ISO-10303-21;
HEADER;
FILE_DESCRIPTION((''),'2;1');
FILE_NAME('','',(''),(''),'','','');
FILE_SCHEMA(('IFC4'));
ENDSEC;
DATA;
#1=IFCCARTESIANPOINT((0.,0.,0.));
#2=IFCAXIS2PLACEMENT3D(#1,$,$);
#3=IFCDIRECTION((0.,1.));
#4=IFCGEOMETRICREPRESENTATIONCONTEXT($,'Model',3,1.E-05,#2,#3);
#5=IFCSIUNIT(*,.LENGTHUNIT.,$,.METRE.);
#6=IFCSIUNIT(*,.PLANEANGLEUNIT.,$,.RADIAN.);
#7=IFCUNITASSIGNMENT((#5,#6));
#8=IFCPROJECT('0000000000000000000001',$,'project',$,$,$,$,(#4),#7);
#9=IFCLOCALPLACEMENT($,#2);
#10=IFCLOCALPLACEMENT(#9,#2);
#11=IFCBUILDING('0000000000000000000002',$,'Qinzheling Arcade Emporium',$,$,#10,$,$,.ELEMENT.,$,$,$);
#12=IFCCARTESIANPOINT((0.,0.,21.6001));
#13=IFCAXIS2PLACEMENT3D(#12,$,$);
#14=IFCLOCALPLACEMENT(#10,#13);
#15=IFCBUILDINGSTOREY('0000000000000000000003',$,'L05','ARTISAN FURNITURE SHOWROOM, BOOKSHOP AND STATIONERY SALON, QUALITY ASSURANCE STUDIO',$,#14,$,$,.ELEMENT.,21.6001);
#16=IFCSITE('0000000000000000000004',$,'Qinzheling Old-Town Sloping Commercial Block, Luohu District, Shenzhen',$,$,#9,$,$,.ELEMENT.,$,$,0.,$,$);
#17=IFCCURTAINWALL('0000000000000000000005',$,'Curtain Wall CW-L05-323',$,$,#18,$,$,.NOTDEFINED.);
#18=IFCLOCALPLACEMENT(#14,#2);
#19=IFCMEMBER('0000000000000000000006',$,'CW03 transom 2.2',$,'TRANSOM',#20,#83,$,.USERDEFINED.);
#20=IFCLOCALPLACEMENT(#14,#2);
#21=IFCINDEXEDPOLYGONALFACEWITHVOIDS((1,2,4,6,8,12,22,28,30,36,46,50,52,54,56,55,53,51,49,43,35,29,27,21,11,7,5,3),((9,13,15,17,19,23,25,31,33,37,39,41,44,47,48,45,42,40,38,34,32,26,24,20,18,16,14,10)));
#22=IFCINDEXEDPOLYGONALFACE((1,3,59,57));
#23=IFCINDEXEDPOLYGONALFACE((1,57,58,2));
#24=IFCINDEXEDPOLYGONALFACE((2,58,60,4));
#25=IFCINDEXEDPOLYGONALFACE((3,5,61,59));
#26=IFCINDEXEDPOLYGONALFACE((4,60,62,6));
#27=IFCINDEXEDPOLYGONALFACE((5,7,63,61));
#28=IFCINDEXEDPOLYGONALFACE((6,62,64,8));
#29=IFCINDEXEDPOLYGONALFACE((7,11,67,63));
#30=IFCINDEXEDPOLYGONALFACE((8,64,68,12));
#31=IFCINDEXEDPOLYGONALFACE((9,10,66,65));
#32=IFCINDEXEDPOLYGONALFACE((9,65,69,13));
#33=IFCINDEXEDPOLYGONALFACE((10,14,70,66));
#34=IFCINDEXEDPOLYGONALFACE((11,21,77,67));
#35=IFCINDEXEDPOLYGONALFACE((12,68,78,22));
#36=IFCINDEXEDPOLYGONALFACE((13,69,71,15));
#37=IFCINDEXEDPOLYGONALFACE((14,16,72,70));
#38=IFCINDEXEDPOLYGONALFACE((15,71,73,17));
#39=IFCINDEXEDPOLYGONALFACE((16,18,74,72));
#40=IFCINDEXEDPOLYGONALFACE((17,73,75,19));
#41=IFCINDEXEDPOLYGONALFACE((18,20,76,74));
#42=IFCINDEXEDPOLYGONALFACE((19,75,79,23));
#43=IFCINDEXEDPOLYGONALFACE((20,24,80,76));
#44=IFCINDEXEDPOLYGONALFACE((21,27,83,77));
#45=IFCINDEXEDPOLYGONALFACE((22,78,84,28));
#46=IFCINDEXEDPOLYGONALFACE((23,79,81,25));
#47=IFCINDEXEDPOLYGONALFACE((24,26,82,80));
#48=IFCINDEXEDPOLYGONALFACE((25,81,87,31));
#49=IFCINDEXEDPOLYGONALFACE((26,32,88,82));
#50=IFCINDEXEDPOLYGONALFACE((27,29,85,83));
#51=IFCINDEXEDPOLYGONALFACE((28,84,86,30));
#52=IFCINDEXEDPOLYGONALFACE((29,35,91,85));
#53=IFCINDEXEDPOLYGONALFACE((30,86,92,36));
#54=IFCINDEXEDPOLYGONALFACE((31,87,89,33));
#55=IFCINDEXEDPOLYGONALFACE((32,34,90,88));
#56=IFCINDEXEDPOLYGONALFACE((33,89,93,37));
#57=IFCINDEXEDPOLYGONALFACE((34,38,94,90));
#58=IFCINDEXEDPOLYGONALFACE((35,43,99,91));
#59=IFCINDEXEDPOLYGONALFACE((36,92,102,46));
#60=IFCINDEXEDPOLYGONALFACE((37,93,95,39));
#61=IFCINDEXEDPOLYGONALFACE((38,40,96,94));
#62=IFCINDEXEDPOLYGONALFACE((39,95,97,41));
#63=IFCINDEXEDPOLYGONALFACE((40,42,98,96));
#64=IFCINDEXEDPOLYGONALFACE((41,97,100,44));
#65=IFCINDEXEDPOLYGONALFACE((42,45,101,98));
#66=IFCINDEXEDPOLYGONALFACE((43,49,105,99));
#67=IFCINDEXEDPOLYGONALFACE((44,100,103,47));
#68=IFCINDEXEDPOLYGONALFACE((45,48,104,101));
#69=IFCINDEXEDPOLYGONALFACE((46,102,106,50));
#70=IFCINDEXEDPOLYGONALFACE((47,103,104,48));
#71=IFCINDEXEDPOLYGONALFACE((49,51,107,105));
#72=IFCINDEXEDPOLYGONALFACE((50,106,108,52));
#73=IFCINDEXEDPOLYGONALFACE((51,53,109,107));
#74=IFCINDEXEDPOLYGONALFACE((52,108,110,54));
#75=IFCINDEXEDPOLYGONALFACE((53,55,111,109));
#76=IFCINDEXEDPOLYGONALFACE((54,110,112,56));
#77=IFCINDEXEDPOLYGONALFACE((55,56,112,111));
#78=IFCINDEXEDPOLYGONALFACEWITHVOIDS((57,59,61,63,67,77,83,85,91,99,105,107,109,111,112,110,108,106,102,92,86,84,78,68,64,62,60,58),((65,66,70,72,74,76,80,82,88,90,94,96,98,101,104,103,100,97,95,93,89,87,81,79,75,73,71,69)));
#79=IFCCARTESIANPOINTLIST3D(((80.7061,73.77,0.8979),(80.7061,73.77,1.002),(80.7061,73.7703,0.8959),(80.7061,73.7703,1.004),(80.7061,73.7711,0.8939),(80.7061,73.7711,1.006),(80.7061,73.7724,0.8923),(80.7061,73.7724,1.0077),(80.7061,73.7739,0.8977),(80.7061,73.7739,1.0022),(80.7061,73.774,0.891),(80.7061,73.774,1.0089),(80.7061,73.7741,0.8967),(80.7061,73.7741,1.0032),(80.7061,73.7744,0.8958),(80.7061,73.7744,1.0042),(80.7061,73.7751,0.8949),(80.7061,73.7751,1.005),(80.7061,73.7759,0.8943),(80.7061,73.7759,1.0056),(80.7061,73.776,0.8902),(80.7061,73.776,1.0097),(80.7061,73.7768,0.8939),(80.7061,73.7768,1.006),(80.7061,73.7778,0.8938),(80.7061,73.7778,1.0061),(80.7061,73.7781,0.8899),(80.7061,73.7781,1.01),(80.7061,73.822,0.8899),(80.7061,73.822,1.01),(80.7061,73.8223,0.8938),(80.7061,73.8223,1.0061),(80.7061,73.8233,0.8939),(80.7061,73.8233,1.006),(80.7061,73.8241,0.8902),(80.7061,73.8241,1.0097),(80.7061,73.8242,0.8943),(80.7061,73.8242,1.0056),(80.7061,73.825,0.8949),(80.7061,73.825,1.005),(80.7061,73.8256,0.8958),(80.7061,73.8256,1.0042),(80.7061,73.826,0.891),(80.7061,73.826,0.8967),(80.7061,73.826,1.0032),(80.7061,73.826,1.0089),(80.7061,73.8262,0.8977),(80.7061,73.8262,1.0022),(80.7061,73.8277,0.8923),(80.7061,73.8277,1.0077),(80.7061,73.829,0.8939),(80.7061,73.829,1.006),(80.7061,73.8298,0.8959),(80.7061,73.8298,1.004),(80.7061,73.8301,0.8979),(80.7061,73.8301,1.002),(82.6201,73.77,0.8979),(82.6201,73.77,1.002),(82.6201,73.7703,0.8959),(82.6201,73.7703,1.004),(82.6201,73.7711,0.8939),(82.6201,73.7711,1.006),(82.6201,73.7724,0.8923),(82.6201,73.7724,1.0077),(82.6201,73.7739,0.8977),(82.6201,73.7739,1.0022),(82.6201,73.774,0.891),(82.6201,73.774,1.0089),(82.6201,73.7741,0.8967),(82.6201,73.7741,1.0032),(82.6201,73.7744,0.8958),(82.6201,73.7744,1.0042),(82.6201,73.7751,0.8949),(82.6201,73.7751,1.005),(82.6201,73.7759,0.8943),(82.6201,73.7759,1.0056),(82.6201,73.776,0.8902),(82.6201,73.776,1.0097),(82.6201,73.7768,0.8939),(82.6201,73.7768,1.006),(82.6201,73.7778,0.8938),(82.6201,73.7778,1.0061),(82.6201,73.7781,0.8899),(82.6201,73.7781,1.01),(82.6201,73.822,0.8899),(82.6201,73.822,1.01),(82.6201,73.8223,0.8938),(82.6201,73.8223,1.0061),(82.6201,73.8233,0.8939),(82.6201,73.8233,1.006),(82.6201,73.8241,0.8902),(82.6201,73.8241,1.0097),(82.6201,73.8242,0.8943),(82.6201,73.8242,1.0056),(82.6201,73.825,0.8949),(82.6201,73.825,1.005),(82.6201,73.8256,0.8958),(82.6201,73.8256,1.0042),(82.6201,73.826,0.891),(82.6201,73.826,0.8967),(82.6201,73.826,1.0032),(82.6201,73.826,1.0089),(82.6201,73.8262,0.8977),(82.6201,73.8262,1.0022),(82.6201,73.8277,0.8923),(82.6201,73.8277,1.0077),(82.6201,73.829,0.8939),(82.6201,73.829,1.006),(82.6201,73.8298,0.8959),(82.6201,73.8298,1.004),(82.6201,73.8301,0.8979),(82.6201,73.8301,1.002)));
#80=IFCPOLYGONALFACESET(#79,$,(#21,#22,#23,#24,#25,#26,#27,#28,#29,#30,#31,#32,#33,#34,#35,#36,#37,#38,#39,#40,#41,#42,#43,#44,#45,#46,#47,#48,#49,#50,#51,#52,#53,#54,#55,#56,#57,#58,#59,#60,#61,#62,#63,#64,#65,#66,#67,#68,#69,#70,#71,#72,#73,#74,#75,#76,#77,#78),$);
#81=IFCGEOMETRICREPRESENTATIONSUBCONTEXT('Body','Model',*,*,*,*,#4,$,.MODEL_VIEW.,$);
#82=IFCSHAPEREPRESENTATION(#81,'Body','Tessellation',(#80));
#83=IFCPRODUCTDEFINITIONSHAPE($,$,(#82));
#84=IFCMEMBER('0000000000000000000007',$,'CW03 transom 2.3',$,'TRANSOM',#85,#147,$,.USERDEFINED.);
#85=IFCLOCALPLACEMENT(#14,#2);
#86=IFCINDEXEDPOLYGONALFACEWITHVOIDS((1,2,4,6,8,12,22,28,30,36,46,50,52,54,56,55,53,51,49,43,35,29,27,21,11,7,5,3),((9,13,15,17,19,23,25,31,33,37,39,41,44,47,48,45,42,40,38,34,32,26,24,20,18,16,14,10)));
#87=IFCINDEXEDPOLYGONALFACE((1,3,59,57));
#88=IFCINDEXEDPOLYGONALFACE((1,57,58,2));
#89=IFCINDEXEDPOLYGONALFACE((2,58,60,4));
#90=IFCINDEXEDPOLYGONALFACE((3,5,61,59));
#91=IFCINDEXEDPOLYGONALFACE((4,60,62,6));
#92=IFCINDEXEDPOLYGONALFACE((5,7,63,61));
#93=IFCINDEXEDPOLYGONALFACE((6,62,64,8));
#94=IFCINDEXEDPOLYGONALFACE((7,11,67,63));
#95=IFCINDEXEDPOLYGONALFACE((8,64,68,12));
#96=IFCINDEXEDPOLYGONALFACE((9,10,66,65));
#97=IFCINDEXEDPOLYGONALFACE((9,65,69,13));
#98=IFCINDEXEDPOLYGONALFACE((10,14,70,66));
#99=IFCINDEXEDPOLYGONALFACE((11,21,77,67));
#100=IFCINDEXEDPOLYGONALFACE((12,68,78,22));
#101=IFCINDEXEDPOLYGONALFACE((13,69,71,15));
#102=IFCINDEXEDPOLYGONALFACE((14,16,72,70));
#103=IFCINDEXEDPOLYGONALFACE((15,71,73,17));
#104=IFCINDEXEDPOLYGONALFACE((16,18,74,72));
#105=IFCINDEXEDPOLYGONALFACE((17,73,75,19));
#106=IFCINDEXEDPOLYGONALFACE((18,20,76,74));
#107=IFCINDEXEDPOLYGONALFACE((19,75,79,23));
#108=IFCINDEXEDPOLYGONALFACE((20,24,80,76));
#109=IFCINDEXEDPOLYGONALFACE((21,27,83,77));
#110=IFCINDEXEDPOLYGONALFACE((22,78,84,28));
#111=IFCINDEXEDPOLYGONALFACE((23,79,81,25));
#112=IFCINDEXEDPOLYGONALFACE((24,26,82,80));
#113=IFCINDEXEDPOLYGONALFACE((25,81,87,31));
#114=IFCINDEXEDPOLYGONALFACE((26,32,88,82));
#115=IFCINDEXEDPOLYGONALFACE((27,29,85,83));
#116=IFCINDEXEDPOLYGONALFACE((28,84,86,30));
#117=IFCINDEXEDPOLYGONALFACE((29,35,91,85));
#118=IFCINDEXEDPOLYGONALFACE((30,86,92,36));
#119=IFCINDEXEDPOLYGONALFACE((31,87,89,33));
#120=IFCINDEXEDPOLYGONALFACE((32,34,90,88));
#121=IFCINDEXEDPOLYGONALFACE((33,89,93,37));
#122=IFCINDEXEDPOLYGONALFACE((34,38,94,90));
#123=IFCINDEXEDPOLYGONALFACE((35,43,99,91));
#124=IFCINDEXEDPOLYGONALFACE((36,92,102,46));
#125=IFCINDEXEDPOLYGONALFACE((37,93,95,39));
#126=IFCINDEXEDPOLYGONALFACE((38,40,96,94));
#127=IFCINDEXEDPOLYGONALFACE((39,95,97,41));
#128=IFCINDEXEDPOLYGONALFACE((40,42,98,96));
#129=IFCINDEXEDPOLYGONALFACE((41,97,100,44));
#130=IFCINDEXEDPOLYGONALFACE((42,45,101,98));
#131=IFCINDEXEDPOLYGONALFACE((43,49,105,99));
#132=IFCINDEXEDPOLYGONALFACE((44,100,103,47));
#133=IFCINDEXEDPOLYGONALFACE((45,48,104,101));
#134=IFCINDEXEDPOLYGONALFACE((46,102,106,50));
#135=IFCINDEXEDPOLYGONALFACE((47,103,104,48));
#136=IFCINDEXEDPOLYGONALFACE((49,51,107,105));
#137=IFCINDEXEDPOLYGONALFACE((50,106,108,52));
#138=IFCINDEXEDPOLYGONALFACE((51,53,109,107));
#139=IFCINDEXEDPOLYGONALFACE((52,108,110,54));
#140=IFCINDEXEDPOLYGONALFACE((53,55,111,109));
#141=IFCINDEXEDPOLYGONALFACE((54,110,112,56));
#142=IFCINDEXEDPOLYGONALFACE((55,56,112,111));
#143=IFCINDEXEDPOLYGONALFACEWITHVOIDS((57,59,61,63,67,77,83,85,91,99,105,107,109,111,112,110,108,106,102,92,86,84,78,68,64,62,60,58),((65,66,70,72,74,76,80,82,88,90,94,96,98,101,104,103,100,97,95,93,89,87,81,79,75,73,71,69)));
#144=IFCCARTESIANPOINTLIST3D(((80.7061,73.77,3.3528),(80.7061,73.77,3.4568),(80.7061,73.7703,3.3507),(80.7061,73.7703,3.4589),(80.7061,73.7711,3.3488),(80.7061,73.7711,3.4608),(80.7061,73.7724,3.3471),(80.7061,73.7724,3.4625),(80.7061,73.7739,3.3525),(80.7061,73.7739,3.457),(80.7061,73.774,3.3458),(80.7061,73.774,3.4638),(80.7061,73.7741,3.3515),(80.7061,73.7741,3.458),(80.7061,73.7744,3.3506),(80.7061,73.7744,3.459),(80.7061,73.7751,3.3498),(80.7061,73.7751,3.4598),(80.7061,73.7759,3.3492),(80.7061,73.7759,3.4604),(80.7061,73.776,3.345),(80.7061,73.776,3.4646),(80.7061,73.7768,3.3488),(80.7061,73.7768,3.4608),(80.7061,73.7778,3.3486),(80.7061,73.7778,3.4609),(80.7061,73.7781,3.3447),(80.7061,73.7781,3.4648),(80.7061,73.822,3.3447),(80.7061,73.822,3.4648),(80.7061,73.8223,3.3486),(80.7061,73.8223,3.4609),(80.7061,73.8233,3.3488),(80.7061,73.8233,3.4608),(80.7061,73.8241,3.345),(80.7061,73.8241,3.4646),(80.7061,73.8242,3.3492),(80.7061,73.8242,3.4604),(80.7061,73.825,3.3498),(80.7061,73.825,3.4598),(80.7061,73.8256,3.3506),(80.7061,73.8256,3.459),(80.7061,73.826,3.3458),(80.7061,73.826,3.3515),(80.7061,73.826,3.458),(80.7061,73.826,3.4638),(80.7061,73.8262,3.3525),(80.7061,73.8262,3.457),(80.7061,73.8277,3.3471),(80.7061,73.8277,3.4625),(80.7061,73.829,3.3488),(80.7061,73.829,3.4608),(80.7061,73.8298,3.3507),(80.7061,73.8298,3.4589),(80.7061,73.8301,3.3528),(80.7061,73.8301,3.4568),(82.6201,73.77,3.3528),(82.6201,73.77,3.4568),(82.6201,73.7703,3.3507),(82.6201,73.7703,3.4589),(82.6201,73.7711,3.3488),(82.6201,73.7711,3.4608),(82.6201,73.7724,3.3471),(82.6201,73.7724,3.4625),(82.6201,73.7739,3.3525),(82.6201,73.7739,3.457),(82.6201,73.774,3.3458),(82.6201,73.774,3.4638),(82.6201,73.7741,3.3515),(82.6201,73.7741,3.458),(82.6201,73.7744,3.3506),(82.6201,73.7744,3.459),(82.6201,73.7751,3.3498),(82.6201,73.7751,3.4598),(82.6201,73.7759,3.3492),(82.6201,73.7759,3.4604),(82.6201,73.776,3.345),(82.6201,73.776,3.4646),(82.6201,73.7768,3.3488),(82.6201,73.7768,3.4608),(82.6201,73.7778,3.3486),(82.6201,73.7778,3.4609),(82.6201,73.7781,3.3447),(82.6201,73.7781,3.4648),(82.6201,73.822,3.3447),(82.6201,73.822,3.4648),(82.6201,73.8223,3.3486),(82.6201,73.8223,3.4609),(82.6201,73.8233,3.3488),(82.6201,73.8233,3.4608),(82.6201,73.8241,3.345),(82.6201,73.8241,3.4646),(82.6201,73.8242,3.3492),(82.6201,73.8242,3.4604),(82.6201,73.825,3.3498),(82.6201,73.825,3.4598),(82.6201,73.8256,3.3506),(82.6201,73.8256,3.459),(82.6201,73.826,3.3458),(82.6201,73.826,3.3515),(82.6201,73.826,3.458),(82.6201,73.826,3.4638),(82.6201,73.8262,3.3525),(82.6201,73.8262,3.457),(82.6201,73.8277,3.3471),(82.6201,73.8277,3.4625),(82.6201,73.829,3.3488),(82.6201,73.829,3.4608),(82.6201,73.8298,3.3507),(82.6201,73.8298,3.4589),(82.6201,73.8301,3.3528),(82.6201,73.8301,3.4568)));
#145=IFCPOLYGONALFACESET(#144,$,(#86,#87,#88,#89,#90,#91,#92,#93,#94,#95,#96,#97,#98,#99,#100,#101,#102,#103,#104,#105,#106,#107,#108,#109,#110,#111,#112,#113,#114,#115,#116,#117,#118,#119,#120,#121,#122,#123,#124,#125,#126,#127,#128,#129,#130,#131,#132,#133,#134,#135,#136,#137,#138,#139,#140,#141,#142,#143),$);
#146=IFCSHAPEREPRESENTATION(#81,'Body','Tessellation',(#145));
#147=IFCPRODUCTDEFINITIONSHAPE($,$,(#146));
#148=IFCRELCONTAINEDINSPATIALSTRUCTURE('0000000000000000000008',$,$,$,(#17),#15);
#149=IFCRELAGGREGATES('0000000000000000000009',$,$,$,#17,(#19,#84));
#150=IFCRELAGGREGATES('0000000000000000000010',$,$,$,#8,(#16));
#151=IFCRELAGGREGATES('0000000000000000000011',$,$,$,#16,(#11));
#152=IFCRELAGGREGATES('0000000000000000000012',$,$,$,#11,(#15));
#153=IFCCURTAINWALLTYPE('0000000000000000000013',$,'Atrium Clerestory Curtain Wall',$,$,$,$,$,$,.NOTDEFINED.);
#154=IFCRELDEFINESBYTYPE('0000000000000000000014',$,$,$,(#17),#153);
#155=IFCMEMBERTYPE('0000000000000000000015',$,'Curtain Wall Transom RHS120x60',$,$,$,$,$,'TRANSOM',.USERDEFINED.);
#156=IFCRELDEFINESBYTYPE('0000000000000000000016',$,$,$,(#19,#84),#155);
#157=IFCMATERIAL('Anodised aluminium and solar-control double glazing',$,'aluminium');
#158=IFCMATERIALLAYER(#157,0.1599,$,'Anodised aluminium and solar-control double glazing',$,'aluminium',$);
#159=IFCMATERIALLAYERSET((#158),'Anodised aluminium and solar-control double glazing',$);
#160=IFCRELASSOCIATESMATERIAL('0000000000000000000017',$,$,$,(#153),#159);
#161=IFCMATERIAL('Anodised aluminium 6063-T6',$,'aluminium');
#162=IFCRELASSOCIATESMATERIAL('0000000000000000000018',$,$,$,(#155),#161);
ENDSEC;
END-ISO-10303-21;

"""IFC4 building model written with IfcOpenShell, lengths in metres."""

from ifc_helpers import new_model, si_unit, direction, frame, origin, origin_2d, place, context, subcontext, project, spatial, hollow_rectangle, extrude, material, layer, layer_set, material_profile, profile_set, type_object, element, aggregate, save


model = new_model("IFC4")

# Units and contexts
model_context = context("Model", 3, precision=1e-05, world=origin(), true_north=direction((0.0, 1.0)))
body_context = subcontext(model_context, "Body", "Model", "MODEL_VIEW")
ifc_project = project(units=[si_unit("LENGTHUNIT", "METRE"), si_unit("PLANEANGLEUNIT", "RADIAN")], contexts=[model_context])

# Site, building, storey
site_placement = place(None, origin())
site = spatial("IfcSite", under=ifc_project, at=site_placement, Name="Qinzheling Old-Town Sloping Commercial Block, Luohu District, Shenzhen", CompositionType="ELEMENT", RefElevation=0.0)
building_placement = place(site_placement, origin())
building = spatial("IfcBuilding", under=site, at=building_placement, Name="Qinzheling Arcade Emporium", CompositionType="ELEMENT")
storey_placement = place(building_placement, frame((0.0, 0.0, 21.6001)))
storey = spatial("IfcBuildingStorey", under=building, at=storey_placement, Name="L05", Description="ARTISAN FURNITURE SHOWROOM, BOOKSHOP AND STATIONERY SALON, QUALITY ASSURANCE STUDIO", CompositionType="ELEMENT", Elevation=21.6001)

# Curtain wall
ifc_material_1 = material(Name="Anodised aluminium and solar-control double glazing", Category="aluminium")
ifc_layer_1 = layer(ifc_material_1, 0.1599, Name="Anodised aluminium and solar-control double glazing", Category="aluminium")
ifc_layer_set_1 = layer_set([ifc_layer_1], Name="Anodised aluminium and solar-control double glazing")
curtain_wall_type = type_object("IfcCurtainWallType", Name="Atrium Clerestory Curtain Wall", PredefinedType="NOTDEFINED", material=ifc_layer_set_1)
ifc_material_2 = material(Name="Anodised aluminium 6063-T6", Category="aluminium")
curtain_wall_1_placement = place(storey_placement, origin())
curtain_wall_1 = element("IfcCurtainWall", 1, at=curtain_wall_1_placement, inside=storey, type_object=curtain_wall_type, Name="Curtain Wall CW-L05-323", PredefinedType="NOTDEFINED")

# Members
ifc_material_profile_1 = material_profile(ifc_material_2, hollow_rectangle(XDim=0.0601, YDim=0.1201, WallThickness=0.0039, InnerFilletRadius=0.0039, OuterFilletRadius=0.0081, at=origin_2d()), Name="RHS 120x60x4", Category="aluminium")
ifc_profile_set_1 = profile_set([ifc_material_profile_1], Name="Anodised aluminium 6063-T6")
member_type_1 = type_object("IfcMemberType", Name="Curtain Wall Transom RHS120x60", ElementType="TRANSOM", PredefinedType="USERDEFINED", material=ifc_profile_set_1)
member_1_placement = place(storey_placement, frame((80.7061, 73.8, 0.95), z_axis=(1.0, 0.0, 0.0), x_axis=(0.0, 1.0, 0.0)))
member_1 = element("IfcMember", 2, at=member_1_placement, type_object=member_type_1, Name="CW03 transom 2.2", ObjectType="TRANSOM", PredefinedType="USERDEFINED", context=body_context, shape_type="SweptSolid", body=[
    extrude(hollow_rectangle(XDim=0.0601, YDim=0.1201, WallThickness=0.0039, InnerFilletRadius=0.0039, OuterFilletRadius=0.0081, at=origin_2d()), origin(), (0.0, 0.0, 1.0), 1.9141),
])
member_2_placement = place(storey_placement, frame((80.7061, 73.8, 3.4048), z_axis=(1.0, 0.0, 0.0), x_axis=(0.0, 1.0, 0.0)))
member_2 = element("IfcMember", 3, at=member_2_placement, type_object=member_type_1, Name="CW03 transom 2.3", ObjectType="TRANSOM", PredefinedType="USERDEFINED", context=body_context, shape_type="SweptSolid", body=[
    extrude(hollow_rectangle(XDim=0.0601, YDim=0.1201, WallThickness=0.0039, InnerFilletRadius=0.0039, OuterFilletRadius=0.0081, at=origin_2d()), origin(), (0.0, 0.0, 1.0), 1.9141),
])

aggregate(curtain_wall_1, [member_1, member_2])

save(model, "model.ifc")
